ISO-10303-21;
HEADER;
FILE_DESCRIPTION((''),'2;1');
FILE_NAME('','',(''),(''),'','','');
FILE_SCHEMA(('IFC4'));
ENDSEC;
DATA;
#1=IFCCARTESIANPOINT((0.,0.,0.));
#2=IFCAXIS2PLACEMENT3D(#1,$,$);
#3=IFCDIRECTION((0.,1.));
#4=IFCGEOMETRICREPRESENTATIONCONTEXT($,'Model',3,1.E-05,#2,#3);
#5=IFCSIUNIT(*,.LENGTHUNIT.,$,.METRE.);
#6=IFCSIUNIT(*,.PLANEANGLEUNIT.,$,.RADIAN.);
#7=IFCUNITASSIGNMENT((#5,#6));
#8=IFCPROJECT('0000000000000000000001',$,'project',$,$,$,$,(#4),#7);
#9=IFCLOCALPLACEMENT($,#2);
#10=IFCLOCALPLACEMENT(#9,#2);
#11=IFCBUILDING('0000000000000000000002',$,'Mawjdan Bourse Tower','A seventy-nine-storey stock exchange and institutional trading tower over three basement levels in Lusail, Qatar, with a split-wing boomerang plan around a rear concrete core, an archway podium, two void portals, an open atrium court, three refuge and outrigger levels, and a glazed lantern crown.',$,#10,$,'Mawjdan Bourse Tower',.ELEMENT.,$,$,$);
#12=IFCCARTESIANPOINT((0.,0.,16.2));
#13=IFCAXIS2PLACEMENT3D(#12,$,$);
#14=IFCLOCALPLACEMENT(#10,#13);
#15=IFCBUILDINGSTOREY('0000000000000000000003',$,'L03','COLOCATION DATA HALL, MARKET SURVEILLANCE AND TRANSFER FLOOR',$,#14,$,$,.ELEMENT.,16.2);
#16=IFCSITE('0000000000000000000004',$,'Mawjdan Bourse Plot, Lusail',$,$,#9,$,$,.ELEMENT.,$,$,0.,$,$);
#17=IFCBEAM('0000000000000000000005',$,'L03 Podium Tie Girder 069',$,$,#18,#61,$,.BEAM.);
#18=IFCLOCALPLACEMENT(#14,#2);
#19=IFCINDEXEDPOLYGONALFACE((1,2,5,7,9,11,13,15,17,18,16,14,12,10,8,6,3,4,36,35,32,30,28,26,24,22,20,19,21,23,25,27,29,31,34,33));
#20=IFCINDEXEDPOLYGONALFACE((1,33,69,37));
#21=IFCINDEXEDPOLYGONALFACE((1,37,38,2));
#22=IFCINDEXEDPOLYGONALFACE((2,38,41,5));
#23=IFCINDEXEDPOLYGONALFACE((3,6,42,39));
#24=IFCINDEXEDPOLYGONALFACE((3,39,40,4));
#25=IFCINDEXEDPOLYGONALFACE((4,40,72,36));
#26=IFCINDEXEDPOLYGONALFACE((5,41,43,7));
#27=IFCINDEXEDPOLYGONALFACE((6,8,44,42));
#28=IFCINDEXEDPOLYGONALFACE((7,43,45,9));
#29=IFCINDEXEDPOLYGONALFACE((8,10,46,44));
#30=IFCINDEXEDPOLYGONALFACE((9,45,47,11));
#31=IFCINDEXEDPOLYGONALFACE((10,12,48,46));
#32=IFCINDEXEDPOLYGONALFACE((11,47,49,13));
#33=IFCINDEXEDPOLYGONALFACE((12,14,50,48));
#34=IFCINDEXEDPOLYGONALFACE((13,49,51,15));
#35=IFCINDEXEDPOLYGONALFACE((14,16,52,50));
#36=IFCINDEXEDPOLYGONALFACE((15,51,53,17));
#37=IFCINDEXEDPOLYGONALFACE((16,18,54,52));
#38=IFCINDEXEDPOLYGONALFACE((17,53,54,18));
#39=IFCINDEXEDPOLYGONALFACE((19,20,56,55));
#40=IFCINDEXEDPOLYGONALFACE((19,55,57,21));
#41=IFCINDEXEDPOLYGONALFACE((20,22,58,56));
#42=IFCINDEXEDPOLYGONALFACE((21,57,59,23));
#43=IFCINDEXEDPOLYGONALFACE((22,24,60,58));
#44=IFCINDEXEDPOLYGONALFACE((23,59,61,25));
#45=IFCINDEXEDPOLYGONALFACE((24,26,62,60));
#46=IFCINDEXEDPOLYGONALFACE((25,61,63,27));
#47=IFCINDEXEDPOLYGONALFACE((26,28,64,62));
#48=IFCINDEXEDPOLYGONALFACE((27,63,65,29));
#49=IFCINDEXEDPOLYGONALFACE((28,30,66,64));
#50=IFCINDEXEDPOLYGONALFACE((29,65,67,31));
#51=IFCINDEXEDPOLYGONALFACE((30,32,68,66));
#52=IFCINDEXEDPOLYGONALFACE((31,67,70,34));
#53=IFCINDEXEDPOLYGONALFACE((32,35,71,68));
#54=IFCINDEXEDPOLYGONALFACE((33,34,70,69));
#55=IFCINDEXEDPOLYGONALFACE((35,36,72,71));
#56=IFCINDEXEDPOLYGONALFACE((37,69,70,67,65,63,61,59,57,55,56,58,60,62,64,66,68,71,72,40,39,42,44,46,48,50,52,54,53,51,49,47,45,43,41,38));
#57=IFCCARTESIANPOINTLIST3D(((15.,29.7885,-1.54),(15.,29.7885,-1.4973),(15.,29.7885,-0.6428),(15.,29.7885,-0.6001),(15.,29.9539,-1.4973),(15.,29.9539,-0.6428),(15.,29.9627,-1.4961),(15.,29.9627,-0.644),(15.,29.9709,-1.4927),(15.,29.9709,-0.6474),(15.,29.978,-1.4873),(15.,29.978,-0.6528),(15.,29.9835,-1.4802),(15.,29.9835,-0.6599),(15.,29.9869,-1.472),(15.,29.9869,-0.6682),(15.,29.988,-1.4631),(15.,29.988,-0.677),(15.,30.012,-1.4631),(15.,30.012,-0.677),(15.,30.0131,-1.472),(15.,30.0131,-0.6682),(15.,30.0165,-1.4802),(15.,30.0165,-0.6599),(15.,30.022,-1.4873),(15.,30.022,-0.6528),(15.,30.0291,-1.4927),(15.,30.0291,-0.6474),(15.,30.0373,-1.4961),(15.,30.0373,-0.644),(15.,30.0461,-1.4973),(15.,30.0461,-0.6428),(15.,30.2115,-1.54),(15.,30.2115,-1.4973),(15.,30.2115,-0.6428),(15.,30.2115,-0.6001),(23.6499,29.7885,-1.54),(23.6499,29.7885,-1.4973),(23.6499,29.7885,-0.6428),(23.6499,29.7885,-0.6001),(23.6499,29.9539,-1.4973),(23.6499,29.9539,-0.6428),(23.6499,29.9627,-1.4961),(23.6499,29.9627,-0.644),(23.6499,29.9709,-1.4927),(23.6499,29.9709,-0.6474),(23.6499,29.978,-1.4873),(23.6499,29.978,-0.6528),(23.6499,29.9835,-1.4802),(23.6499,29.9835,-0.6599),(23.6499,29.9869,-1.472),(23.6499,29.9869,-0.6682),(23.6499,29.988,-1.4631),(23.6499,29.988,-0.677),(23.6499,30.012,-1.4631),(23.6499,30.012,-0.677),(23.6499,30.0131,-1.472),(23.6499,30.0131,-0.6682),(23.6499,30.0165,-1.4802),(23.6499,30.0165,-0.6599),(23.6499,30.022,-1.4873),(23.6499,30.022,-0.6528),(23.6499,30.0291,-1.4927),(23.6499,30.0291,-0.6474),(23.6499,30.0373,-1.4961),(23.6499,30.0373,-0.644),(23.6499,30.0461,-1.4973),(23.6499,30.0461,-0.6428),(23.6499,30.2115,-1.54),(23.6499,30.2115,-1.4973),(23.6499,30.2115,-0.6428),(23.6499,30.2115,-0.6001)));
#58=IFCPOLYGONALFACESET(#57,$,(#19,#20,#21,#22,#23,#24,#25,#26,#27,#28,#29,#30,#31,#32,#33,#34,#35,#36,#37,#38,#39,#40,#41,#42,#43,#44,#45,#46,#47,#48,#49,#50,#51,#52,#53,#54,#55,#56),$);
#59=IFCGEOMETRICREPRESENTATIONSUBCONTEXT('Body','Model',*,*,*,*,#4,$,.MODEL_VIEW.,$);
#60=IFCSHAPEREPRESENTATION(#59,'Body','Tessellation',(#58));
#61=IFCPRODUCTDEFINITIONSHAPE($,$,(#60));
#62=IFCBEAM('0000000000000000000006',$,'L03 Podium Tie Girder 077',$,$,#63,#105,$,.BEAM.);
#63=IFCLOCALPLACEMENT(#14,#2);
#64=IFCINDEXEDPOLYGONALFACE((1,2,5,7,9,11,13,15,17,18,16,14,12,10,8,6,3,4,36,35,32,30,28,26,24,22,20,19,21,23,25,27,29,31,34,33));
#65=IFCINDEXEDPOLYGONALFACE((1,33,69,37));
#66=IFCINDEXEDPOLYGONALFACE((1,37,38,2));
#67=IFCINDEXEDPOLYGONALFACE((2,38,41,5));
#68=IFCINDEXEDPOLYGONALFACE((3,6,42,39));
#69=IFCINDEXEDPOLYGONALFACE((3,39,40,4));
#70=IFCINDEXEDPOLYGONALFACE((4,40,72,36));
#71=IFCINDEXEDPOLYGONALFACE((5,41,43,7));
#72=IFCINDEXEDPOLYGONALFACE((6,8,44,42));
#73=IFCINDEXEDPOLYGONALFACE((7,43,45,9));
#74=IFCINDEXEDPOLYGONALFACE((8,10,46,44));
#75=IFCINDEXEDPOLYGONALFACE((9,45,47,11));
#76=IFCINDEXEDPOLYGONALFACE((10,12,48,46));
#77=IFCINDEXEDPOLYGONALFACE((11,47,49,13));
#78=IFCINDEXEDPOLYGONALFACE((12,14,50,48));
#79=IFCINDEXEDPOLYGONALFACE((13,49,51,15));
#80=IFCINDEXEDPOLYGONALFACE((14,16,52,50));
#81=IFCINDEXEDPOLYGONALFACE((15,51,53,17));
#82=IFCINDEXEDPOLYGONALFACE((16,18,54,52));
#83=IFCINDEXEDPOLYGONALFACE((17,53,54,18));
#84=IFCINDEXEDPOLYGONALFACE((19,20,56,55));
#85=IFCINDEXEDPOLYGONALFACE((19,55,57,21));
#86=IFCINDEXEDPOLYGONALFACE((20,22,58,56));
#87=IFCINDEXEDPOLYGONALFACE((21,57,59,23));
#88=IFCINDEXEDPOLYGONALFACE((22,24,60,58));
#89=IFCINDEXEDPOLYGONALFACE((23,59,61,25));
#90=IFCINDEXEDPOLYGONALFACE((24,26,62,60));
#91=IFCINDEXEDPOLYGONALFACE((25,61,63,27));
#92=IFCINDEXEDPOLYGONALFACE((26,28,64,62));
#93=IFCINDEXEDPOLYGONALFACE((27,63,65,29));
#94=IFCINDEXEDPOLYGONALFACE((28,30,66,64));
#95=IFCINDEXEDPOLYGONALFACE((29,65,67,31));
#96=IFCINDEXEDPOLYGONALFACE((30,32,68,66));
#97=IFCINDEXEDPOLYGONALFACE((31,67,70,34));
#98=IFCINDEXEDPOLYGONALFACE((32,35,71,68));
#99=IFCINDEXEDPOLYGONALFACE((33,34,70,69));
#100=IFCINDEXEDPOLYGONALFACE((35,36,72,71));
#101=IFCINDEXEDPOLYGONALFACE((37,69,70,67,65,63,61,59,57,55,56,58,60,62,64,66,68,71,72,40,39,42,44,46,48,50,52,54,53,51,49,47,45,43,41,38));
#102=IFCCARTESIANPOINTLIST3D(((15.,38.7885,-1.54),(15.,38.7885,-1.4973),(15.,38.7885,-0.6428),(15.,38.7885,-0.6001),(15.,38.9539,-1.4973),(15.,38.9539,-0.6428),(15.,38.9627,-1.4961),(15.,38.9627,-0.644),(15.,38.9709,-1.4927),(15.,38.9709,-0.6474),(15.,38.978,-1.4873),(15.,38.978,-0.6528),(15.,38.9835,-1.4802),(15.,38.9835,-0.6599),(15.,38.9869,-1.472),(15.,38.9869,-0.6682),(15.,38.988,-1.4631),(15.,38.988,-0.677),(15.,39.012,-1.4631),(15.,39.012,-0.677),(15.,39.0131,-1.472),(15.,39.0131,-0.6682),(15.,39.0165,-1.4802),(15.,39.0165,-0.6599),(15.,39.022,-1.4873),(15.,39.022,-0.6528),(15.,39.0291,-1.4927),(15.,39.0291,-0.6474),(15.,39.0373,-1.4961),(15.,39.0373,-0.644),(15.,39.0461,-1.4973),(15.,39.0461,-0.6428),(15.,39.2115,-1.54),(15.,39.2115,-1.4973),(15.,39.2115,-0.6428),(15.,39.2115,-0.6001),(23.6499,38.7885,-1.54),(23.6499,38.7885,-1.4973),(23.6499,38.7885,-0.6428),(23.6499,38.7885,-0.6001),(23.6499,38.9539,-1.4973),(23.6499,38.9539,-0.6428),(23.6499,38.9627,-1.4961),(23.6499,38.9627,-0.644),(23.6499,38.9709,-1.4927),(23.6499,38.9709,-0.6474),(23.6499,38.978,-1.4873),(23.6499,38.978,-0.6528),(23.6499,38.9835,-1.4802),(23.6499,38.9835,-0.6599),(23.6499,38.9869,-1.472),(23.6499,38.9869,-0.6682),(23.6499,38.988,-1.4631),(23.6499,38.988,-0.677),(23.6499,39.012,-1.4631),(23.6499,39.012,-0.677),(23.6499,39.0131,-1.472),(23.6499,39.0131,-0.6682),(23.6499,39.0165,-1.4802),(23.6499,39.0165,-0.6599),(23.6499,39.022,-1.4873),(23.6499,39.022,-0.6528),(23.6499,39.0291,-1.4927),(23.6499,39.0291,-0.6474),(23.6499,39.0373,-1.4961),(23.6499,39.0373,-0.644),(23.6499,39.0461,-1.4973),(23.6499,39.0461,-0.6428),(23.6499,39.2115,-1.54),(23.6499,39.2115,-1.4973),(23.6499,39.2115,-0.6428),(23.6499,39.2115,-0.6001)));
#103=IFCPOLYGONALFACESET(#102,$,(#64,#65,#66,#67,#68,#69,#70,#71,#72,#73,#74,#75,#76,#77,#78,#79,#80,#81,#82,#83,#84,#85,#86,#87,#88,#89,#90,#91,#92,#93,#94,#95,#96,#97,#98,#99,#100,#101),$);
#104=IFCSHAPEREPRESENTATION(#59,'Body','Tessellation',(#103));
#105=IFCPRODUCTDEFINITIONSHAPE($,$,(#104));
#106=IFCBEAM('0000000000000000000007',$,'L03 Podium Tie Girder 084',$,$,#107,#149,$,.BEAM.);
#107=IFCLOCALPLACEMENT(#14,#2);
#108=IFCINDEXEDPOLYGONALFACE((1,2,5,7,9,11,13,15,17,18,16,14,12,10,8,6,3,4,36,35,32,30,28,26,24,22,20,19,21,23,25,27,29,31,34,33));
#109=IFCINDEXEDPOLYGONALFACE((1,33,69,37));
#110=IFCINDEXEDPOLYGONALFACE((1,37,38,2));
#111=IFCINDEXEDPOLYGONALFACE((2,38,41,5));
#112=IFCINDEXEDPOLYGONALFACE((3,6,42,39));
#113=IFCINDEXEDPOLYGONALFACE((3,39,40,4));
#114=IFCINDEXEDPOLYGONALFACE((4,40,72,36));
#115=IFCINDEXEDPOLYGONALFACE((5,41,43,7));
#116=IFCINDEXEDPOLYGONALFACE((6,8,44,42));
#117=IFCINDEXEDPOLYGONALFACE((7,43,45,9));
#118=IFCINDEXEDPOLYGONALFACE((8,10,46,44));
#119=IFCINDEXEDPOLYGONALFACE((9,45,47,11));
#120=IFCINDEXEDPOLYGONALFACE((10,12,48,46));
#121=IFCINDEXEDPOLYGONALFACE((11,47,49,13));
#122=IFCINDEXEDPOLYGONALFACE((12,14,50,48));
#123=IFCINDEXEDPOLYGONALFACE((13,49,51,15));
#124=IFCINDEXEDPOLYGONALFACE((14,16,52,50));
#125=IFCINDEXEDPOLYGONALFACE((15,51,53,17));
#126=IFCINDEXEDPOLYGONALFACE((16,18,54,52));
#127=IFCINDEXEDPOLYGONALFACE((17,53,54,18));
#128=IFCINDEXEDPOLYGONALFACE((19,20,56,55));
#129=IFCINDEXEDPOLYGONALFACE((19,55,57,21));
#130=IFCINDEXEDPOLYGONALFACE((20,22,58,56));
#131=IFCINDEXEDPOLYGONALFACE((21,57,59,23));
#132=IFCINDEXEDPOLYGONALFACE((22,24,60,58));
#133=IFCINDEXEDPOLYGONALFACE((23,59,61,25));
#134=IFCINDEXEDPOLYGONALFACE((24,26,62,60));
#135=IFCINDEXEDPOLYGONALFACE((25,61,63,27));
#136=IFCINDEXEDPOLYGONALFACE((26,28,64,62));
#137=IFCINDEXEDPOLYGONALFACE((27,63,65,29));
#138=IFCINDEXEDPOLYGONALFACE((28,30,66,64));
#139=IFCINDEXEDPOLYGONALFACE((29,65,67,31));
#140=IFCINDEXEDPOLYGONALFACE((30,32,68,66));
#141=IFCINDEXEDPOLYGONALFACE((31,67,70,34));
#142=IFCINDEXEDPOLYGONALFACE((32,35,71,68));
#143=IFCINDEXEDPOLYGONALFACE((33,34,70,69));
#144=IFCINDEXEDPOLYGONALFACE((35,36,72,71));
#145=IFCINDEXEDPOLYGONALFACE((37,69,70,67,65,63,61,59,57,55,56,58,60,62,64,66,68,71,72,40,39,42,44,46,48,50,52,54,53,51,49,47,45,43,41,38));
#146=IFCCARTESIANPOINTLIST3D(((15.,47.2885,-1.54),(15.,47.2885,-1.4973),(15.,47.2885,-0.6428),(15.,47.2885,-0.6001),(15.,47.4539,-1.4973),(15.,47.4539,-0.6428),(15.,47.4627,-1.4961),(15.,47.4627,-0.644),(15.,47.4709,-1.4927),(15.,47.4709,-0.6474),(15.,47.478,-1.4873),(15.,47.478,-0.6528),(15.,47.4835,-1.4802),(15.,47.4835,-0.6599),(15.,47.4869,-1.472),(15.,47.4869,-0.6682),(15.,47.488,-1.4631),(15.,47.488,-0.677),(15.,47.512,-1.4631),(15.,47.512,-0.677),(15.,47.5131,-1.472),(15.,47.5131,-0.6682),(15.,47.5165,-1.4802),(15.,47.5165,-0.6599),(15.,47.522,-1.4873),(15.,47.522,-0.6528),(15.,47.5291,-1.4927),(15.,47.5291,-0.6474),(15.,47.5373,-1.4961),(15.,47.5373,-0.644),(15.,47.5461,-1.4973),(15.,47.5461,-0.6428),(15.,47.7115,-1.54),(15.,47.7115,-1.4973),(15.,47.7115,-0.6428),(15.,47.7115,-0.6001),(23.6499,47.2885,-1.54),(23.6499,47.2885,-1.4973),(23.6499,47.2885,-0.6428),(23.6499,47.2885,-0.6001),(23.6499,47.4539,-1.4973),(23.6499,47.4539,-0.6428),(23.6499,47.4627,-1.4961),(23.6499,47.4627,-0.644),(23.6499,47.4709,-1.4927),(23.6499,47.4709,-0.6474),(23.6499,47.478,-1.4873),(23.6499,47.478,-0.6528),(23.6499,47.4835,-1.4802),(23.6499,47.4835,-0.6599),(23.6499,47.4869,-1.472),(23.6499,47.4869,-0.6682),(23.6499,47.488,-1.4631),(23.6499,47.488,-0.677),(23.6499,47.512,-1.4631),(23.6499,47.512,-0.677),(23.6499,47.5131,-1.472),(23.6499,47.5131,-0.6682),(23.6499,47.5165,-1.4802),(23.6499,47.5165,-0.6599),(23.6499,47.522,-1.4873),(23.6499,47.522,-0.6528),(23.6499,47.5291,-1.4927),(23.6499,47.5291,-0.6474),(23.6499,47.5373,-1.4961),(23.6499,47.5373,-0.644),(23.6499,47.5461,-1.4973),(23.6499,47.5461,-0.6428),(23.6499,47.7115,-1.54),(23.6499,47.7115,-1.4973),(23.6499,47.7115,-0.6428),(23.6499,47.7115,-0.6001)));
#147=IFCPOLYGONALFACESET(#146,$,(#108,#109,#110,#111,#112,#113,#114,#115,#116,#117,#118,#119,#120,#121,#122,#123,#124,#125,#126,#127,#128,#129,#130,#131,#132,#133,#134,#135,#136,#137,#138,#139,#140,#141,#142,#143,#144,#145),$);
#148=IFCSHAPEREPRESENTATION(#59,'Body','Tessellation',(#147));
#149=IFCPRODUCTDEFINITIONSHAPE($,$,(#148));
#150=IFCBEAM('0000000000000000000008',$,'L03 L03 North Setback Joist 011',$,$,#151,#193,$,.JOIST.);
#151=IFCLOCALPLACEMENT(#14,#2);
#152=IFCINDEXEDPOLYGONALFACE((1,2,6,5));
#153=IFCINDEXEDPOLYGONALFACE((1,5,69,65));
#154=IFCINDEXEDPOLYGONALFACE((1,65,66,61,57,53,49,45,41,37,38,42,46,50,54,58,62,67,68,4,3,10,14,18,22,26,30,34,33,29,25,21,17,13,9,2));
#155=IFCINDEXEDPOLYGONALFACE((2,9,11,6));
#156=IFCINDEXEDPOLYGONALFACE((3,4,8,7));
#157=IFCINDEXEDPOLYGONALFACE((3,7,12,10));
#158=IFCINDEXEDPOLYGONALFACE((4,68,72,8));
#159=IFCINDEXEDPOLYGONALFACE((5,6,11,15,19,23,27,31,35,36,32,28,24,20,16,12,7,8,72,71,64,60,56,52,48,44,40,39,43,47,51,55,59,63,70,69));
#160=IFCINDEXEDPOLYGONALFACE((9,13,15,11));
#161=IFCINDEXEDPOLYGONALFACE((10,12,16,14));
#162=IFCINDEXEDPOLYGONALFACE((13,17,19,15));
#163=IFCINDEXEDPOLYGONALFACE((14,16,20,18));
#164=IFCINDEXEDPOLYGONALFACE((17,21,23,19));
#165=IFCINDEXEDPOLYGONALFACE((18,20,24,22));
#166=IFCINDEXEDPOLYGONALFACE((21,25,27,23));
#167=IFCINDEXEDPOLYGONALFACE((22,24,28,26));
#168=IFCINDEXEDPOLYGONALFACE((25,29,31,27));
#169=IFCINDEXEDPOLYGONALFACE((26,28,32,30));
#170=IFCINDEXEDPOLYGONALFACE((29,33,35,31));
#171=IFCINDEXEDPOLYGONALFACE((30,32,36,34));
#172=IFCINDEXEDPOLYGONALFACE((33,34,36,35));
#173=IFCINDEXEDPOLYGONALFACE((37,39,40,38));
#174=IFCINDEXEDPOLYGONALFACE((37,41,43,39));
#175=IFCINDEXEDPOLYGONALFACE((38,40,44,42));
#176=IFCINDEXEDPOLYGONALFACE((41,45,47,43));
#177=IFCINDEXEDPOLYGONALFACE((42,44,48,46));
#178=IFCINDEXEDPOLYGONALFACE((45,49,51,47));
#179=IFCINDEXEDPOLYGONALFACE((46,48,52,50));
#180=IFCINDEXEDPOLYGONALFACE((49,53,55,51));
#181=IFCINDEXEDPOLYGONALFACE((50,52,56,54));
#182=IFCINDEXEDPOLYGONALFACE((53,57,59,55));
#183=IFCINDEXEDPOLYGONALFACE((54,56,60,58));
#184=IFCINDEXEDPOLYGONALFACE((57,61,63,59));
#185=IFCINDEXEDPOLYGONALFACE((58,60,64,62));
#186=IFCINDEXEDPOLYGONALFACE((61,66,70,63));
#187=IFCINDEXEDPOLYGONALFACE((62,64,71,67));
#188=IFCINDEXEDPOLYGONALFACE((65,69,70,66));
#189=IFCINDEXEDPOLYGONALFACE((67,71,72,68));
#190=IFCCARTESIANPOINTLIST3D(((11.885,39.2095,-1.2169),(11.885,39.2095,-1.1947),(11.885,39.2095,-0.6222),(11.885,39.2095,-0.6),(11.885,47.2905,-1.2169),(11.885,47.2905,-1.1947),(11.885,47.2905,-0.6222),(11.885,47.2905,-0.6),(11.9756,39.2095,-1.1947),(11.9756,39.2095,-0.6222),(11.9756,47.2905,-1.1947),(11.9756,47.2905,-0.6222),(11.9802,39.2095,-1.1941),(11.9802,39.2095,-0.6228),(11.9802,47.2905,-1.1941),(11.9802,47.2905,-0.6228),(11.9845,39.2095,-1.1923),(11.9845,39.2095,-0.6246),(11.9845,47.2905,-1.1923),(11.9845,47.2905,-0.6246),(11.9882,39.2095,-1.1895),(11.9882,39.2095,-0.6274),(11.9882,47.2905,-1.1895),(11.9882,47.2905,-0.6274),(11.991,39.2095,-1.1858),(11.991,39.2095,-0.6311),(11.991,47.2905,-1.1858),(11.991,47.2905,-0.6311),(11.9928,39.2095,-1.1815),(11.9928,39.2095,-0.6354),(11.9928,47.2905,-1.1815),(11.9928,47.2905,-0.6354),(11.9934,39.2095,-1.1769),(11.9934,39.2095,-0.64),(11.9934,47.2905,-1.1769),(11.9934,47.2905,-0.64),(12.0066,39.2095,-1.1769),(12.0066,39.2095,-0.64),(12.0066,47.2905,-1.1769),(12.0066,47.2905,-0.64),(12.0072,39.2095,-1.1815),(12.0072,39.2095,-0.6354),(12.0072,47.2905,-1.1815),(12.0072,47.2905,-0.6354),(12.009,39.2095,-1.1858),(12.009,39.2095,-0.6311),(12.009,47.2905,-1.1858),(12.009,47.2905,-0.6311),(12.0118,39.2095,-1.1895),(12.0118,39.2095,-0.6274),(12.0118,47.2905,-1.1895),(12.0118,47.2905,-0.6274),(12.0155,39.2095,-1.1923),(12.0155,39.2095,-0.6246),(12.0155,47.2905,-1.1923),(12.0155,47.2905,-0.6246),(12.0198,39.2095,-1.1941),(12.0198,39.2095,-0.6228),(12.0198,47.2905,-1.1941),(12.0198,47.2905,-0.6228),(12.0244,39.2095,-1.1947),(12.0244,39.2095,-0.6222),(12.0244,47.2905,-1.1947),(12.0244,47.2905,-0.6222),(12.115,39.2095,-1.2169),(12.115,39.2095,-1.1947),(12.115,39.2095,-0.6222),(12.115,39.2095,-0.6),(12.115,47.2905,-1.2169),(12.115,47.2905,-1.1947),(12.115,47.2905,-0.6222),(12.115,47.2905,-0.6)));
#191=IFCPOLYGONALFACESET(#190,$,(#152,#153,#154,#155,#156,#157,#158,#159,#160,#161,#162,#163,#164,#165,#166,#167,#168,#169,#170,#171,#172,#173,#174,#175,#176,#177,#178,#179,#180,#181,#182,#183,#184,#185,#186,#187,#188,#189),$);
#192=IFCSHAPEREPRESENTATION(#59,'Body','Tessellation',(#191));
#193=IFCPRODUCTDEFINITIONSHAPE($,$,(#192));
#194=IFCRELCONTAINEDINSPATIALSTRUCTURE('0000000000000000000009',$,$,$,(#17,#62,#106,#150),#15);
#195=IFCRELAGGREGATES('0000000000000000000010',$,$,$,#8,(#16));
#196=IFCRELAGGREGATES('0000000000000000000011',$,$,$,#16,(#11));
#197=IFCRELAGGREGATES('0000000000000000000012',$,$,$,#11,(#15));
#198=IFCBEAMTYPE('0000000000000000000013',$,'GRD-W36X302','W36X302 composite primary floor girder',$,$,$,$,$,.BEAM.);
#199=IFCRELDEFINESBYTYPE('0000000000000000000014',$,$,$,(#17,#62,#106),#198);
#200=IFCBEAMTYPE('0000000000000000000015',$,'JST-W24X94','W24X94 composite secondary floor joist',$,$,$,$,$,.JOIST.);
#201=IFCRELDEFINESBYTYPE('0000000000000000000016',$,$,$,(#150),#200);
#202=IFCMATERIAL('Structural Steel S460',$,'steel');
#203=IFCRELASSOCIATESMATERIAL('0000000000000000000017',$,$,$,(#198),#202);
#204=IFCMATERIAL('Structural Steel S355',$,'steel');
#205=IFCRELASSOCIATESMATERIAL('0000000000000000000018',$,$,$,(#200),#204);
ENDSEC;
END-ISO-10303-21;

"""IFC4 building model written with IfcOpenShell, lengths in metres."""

from ifc_helpers import new_model, si_unit, direction, frame, origin, origin_2d, place, context, subcontext, project, spatial, i_section, extrude, material, material_profile, profile_set, type_object, element, save


model = new_model("IFC4")

# Units and contexts
model_context = context("Model", 3, precision=1e-05, world=origin(), true_north=direction((0.0, 1.0)))
body_context = subcontext(model_context, "Body", "Model", "MODEL_VIEW")
ifc_project = project(units=[si_unit("LENGTHUNIT", "METRE"), si_unit("PLANEANGLEUNIT", "RADIAN")], contexts=[model_context])

# Site, building, storey
site_placement = place(None, origin())
site = spatial("IfcSite", under=ifc_project, at=site_placement, Name="Mawjdan Bourse Plot, Lusail", CompositionType="ELEMENT", RefElevation=0.0)
building_placement = place(site_placement, origin())
building = spatial("IfcBuilding", under=site, at=building_placement, Name="Mawjdan Bourse Tower", Description="A seventy-nine-storey stock exchange and institutional trading tower over three basement levels in Lusail, Qatar, with a split-wing boomerang plan around a rear concrete core, an archway podium, two void portals, an open atrium court, three refuge and outrigger levels, and a glazed lantern crown.", LongName="Mawjdan Bourse Tower", CompositionType="ELEMENT")
storey_placement = place(building_placement, frame((0.0, 0.0, 16.2)))
storey = spatial("IfcBuildingStorey", under=building, at=storey_placement, Name="L03", Description="COLOCATION DATA HALL, MARKET SURVEILLANCE AND TRANSFER FLOOR", CompositionType="ELEMENT", Elevation=16.2)

# Beams
ifc_material_1 = material(Name="Structural Steel S460", Category="steel")
ifc_material_profile_1 = material_profile(ifc_material_1, i_section(OverallWidth=0.4231, OverallDepth=0.9399, WebThickness=0.0239, FlangeThickness=0.0427, FilletRadius=0.0342, at=origin_2d()), Name="W36X302")
ifc_profile_set_1 = profile_set([ifc_material_profile_1], Name="Structural Steel S460")
beam_type_1 = type_object("IfcBeamType", Name="GRD-W36X302", Description="W36X302 composite primary floor girder", PredefinedType="BEAM", material=ifc_profile_set_1)
for number, where, z_axis, x_axis, name in (
    (1, (15.0, 30.0, -1.0701), (1.0, 0.0, 0.0), (0.0, 1.0, 0.0), "L03 Podium Tie Girder 069"),
    (2, (15.0, 39.0, -1.0701), (1.0, 0.0, 0.0), (0.0, 1.0, 0.0), "L03 Podium Tie Girder 077"),
    (3, (15.0, 47.5, -1.0701), (1.0, 0.0, 0.0), (0.0, 1.0, 0.0), "L03 Podium Tie Girder 084"),
):
    element("IfcBeam", number, at=place(storey_placement, frame(where, z_axis=z_axis, x_axis=x_axis)), inside=storey, type_object=beam_type_1, Name=name, PredefinedType="BEAM", context=body_context, shape_type="SweptSolid", body=[
        extrude(i_section(OverallWidth=0.4231, OverallDepth=0.9399, WebThickness=0.0239, FlangeThickness=0.0427, FilletRadius=0.0342, at=origin_2d()), origin(), (0.0, 0.0, 1.0), 8.6499),
    ])
ifc_material_2 = material(Name="Structural Steel S355", Category="steel")
ifc_material_profile_2 = material_profile(ifc_material_2, i_section(OverallWidth=0.23, OverallDepth=0.6169, WebThickness=0.0132, FlangeThickness=0.0222, FilletRadius=0.0178, at=origin_2d()), Name="W24X94")
ifc_profile_set_2 = profile_set([ifc_material_profile_2], Name="Structural Steel S355")
beam_type_2 = type_object("IfcBeamType", Name="JST-W24X94", Description="W24X94 composite secondary floor joist", PredefinedType="JOIST", material=ifc_profile_set_2)
for number, where, z_axis, x_axis, name in (
    (4, (12.0, 39.2095, -0.9084), (0.0, 1.0, 0.0), (-1.0, 0.0, 0.0), "L03 L03 North Setback Joist 011"),
):
    element("IfcBeam", number, at=place(storey_placement, frame(where, z_axis=z_axis, x_axis=x_axis)), inside=storey, type_object=beam_type_2, Name=name, PredefinedType="JOIST", context=body_context, shape_type="SweptSolid", body=[
        extrude(i_section(OverallWidth=0.23, OverallDepth=0.6169, WebThickness=0.0132, FlangeThickness=0.0222, FilletRadius=0.0178, at=origin_2d()), origin(), (0.0, 0.0, 1.0), 8.0811),
    ])

save(model, "model.ifc")
